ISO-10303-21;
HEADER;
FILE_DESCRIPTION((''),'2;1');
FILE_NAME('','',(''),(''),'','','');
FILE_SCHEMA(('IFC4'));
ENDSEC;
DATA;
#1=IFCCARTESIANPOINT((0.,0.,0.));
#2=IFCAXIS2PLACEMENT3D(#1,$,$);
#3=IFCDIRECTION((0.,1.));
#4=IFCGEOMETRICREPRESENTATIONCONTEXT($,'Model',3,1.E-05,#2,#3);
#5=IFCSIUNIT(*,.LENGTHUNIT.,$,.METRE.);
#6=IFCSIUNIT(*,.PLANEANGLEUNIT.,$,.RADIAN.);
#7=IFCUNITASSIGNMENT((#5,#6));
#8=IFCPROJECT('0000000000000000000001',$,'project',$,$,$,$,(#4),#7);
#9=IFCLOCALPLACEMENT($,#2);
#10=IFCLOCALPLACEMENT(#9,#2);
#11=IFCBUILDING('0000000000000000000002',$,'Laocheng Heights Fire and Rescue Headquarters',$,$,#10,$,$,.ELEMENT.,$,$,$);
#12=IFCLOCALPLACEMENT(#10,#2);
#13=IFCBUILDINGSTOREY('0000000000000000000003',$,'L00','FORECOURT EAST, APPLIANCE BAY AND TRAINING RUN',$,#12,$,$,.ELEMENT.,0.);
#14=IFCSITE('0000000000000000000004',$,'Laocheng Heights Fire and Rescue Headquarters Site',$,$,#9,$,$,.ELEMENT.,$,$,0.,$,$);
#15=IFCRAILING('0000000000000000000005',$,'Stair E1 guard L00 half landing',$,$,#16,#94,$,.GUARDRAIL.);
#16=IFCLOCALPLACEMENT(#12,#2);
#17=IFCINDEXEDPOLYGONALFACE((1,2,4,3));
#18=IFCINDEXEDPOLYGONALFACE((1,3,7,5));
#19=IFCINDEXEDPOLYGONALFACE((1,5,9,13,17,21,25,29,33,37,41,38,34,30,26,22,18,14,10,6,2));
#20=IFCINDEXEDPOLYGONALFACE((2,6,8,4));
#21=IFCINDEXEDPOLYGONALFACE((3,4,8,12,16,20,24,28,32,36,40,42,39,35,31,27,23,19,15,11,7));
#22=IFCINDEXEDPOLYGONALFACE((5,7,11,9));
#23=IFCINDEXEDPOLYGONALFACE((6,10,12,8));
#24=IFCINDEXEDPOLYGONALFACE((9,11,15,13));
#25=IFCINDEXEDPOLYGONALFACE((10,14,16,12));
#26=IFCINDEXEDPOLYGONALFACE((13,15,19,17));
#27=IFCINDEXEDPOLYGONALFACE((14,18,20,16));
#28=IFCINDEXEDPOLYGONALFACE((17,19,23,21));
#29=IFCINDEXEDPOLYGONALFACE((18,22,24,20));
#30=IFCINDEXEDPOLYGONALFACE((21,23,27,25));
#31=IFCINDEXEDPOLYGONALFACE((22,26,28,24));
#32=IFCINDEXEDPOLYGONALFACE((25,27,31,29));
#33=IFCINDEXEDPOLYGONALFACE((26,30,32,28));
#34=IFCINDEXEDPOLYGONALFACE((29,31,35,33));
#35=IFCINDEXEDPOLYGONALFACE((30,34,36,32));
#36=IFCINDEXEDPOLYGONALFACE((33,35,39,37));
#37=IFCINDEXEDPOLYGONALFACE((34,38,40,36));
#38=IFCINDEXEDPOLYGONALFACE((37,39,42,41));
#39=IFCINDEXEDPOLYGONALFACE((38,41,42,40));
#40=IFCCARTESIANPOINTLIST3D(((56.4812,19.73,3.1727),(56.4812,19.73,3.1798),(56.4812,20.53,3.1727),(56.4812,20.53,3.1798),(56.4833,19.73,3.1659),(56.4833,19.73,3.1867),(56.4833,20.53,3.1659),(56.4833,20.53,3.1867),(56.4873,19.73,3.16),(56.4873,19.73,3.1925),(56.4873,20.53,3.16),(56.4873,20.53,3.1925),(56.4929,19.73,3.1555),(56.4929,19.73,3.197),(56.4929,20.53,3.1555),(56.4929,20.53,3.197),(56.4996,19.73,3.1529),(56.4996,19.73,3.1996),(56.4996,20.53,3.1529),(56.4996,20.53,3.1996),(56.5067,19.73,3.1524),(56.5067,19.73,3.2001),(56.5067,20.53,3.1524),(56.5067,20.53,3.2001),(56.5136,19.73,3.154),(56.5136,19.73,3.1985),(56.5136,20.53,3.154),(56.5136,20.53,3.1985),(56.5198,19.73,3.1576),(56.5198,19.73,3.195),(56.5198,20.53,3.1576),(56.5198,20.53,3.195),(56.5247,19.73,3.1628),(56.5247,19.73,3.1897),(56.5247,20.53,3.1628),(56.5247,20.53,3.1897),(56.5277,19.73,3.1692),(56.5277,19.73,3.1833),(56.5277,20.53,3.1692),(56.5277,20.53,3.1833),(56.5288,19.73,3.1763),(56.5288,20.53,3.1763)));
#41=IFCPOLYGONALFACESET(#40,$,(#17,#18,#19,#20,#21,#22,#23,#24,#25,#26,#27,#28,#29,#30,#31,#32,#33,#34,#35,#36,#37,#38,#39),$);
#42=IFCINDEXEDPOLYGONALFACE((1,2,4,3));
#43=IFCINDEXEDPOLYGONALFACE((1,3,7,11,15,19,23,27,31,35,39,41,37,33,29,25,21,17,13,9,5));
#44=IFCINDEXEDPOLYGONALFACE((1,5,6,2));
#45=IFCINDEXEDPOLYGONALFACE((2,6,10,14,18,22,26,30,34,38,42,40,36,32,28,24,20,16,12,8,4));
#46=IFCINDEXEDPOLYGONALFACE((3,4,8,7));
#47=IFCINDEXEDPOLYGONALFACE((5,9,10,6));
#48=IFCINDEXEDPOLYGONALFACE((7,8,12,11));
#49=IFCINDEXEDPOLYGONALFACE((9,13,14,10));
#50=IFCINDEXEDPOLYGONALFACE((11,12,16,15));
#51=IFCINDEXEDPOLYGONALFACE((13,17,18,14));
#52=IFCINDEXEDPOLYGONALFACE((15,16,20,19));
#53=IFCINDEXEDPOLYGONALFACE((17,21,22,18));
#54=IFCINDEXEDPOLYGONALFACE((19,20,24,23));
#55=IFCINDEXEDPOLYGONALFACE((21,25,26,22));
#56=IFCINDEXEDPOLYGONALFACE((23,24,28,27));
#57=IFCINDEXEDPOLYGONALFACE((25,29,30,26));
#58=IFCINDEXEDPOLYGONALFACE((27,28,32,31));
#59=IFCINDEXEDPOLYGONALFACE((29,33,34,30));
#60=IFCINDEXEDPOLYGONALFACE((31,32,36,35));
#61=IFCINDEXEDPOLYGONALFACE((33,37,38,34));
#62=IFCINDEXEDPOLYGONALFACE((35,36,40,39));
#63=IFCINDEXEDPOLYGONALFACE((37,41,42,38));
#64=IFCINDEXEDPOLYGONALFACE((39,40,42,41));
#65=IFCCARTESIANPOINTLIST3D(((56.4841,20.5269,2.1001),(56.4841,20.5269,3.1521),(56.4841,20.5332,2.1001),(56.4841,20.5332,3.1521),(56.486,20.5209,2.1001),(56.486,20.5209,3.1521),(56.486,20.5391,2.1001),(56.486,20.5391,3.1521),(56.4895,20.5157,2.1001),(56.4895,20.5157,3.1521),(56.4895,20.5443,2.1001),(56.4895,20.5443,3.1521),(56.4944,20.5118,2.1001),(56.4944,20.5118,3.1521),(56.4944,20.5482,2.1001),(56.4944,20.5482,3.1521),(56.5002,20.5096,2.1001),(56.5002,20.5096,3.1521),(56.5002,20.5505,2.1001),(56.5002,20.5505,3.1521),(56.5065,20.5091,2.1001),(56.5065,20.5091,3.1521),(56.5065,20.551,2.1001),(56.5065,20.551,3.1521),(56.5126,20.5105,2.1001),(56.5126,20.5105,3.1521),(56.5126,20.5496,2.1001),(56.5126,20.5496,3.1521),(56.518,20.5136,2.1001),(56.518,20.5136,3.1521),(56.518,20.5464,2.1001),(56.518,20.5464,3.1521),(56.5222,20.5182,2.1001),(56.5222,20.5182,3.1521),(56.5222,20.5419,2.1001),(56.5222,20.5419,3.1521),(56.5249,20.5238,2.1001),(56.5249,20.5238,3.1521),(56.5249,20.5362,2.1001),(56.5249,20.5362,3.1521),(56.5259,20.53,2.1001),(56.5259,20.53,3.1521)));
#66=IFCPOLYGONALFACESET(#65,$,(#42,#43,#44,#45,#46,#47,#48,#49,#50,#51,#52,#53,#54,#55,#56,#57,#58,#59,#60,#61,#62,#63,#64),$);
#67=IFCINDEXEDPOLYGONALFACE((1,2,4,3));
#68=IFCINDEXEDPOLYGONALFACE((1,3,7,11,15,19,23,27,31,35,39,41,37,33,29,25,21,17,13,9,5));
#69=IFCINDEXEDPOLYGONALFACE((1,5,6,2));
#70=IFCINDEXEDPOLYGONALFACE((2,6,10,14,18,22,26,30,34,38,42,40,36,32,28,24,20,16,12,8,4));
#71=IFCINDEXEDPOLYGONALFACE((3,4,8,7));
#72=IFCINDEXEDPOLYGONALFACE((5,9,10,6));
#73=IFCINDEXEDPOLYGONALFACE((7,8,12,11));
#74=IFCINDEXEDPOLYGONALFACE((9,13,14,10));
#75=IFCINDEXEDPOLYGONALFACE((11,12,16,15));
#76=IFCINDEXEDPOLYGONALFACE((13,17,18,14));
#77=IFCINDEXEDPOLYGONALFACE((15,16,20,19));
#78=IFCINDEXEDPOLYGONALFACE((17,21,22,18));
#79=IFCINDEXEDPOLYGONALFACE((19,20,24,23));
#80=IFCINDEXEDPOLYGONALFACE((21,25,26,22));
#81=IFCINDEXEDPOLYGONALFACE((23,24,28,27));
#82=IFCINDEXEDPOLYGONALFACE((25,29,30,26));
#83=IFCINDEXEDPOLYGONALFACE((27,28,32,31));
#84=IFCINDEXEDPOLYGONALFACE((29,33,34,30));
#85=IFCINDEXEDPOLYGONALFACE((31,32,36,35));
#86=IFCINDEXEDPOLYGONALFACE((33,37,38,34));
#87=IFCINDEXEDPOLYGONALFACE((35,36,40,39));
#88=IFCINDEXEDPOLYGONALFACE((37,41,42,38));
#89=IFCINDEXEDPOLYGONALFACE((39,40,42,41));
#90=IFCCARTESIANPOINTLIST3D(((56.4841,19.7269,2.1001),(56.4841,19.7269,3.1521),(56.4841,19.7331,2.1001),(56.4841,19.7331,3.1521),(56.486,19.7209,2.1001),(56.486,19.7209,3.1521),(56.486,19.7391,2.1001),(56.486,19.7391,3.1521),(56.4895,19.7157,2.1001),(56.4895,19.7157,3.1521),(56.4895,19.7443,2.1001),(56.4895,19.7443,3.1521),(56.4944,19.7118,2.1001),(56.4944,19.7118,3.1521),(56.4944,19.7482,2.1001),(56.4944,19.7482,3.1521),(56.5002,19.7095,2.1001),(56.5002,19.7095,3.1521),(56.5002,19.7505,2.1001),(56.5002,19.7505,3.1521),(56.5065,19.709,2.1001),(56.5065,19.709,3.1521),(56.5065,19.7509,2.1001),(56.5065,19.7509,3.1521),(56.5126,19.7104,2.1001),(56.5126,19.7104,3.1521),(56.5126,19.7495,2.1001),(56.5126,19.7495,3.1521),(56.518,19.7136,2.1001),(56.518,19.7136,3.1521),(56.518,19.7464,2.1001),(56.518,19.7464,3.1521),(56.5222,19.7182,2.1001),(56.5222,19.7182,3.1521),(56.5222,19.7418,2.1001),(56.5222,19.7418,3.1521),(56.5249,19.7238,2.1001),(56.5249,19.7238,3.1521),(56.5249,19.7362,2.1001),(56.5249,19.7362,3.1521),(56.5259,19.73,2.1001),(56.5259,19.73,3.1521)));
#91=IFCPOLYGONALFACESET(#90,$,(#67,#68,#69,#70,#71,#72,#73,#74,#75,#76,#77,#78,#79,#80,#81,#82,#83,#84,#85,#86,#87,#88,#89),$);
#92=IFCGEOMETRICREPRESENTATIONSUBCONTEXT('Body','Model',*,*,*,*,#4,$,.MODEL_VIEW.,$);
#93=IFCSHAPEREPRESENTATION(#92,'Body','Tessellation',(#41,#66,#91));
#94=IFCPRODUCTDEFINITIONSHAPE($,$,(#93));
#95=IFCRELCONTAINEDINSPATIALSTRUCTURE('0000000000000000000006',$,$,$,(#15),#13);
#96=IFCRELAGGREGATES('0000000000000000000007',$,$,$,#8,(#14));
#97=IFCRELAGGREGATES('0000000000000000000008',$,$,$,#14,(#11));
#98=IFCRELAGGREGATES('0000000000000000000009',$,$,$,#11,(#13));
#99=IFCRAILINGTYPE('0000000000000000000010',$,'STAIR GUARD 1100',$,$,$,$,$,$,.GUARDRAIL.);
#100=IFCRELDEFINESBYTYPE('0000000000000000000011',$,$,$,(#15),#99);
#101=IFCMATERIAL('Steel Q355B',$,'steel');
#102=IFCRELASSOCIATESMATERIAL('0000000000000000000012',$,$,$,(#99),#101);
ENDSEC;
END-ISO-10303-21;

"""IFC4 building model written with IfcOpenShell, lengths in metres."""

from ifc_helpers import new_model, si_unit, direction, frame, origin, origin_2d, place, context, subcontext, project, spatial, circle, extrude, material, type_object, element, save


model = new_model("IFC4")

# Units and contexts
model_context = context("Model", 3, precision=1e-05, world=origin(), true_north=direction((0.0, 1.0)))
body_context = subcontext(model_context, "Body", "Model", "MODEL_VIEW")
ifc_project = project(units=[si_unit("LENGTHUNIT", "METRE"), si_unit("PLANEANGLEUNIT", "RADIAN")], contexts=[model_context])

# Site, building, storey
site_placement = place(None, origin())
site = spatial("IfcSite", under=ifc_project, at=site_placement, Name="Laocheng Heights Fire and Rescue Headquarters Site", CompositionType="ELEMENT", RefElevation=0.0)
building_placement = place(site_placement, origin())
building = spatial("IfcBuilding", under=site, at=building_placement, Name="Laocheng Heights Fire and Rescue Headquarters", CompositionType="ELEMENT")
storey_placement = place(building_placement, origin())
storey = spatial("IfcBuildingStorey", under=building, at=storey_placement, Name="L00", Description="FORECOURT EAST, APPLIANCE BAY AND TRAINING RUN", CompositionType="ELEMENT", Elevation=0.0)

# Railing
ifc_material_1 = material(Name="Steel Q355B", Category="steel")
railing_type_1 = type_object("IfcRailingType", Name="STAIR GUARD 1100", PredefinedType="GUARDRAIL", material=ifc_material_1)
railing_1_placement = place(storey_placement, frame((56.5049, 20.53, 2.1001)))
element("IfcRailing", 1, at=railing_1_placement, inside=storey, type_object=railing_type_1, Name="Stair E1 guard L00 half landing", PredefinedType="GUARDRAIL", context=body_context, shape_type="SweptSolid", body=[
    extrude(circle(Radius=0.0239, at=origin_2d()), frame((0.0, 0.0, 1.0762), z_axis=(0.0, -1.0, 0.0), x_axis=(1.0, 0.0, 0.0)), (0.0, 0.0, 1.0), 0.8),
    extrude(circle(Radius=0.021, at=origin_2d()), origin(), (0.0, 0.0, 1.0), 1.052),
    extrude(circle(Radius=0.021, at=origin_2d()), frame((0.0, -0.8, 0.0)), (0.0, 0.0, 1.0), 1.052),
])

save(model, "model.ifc")
